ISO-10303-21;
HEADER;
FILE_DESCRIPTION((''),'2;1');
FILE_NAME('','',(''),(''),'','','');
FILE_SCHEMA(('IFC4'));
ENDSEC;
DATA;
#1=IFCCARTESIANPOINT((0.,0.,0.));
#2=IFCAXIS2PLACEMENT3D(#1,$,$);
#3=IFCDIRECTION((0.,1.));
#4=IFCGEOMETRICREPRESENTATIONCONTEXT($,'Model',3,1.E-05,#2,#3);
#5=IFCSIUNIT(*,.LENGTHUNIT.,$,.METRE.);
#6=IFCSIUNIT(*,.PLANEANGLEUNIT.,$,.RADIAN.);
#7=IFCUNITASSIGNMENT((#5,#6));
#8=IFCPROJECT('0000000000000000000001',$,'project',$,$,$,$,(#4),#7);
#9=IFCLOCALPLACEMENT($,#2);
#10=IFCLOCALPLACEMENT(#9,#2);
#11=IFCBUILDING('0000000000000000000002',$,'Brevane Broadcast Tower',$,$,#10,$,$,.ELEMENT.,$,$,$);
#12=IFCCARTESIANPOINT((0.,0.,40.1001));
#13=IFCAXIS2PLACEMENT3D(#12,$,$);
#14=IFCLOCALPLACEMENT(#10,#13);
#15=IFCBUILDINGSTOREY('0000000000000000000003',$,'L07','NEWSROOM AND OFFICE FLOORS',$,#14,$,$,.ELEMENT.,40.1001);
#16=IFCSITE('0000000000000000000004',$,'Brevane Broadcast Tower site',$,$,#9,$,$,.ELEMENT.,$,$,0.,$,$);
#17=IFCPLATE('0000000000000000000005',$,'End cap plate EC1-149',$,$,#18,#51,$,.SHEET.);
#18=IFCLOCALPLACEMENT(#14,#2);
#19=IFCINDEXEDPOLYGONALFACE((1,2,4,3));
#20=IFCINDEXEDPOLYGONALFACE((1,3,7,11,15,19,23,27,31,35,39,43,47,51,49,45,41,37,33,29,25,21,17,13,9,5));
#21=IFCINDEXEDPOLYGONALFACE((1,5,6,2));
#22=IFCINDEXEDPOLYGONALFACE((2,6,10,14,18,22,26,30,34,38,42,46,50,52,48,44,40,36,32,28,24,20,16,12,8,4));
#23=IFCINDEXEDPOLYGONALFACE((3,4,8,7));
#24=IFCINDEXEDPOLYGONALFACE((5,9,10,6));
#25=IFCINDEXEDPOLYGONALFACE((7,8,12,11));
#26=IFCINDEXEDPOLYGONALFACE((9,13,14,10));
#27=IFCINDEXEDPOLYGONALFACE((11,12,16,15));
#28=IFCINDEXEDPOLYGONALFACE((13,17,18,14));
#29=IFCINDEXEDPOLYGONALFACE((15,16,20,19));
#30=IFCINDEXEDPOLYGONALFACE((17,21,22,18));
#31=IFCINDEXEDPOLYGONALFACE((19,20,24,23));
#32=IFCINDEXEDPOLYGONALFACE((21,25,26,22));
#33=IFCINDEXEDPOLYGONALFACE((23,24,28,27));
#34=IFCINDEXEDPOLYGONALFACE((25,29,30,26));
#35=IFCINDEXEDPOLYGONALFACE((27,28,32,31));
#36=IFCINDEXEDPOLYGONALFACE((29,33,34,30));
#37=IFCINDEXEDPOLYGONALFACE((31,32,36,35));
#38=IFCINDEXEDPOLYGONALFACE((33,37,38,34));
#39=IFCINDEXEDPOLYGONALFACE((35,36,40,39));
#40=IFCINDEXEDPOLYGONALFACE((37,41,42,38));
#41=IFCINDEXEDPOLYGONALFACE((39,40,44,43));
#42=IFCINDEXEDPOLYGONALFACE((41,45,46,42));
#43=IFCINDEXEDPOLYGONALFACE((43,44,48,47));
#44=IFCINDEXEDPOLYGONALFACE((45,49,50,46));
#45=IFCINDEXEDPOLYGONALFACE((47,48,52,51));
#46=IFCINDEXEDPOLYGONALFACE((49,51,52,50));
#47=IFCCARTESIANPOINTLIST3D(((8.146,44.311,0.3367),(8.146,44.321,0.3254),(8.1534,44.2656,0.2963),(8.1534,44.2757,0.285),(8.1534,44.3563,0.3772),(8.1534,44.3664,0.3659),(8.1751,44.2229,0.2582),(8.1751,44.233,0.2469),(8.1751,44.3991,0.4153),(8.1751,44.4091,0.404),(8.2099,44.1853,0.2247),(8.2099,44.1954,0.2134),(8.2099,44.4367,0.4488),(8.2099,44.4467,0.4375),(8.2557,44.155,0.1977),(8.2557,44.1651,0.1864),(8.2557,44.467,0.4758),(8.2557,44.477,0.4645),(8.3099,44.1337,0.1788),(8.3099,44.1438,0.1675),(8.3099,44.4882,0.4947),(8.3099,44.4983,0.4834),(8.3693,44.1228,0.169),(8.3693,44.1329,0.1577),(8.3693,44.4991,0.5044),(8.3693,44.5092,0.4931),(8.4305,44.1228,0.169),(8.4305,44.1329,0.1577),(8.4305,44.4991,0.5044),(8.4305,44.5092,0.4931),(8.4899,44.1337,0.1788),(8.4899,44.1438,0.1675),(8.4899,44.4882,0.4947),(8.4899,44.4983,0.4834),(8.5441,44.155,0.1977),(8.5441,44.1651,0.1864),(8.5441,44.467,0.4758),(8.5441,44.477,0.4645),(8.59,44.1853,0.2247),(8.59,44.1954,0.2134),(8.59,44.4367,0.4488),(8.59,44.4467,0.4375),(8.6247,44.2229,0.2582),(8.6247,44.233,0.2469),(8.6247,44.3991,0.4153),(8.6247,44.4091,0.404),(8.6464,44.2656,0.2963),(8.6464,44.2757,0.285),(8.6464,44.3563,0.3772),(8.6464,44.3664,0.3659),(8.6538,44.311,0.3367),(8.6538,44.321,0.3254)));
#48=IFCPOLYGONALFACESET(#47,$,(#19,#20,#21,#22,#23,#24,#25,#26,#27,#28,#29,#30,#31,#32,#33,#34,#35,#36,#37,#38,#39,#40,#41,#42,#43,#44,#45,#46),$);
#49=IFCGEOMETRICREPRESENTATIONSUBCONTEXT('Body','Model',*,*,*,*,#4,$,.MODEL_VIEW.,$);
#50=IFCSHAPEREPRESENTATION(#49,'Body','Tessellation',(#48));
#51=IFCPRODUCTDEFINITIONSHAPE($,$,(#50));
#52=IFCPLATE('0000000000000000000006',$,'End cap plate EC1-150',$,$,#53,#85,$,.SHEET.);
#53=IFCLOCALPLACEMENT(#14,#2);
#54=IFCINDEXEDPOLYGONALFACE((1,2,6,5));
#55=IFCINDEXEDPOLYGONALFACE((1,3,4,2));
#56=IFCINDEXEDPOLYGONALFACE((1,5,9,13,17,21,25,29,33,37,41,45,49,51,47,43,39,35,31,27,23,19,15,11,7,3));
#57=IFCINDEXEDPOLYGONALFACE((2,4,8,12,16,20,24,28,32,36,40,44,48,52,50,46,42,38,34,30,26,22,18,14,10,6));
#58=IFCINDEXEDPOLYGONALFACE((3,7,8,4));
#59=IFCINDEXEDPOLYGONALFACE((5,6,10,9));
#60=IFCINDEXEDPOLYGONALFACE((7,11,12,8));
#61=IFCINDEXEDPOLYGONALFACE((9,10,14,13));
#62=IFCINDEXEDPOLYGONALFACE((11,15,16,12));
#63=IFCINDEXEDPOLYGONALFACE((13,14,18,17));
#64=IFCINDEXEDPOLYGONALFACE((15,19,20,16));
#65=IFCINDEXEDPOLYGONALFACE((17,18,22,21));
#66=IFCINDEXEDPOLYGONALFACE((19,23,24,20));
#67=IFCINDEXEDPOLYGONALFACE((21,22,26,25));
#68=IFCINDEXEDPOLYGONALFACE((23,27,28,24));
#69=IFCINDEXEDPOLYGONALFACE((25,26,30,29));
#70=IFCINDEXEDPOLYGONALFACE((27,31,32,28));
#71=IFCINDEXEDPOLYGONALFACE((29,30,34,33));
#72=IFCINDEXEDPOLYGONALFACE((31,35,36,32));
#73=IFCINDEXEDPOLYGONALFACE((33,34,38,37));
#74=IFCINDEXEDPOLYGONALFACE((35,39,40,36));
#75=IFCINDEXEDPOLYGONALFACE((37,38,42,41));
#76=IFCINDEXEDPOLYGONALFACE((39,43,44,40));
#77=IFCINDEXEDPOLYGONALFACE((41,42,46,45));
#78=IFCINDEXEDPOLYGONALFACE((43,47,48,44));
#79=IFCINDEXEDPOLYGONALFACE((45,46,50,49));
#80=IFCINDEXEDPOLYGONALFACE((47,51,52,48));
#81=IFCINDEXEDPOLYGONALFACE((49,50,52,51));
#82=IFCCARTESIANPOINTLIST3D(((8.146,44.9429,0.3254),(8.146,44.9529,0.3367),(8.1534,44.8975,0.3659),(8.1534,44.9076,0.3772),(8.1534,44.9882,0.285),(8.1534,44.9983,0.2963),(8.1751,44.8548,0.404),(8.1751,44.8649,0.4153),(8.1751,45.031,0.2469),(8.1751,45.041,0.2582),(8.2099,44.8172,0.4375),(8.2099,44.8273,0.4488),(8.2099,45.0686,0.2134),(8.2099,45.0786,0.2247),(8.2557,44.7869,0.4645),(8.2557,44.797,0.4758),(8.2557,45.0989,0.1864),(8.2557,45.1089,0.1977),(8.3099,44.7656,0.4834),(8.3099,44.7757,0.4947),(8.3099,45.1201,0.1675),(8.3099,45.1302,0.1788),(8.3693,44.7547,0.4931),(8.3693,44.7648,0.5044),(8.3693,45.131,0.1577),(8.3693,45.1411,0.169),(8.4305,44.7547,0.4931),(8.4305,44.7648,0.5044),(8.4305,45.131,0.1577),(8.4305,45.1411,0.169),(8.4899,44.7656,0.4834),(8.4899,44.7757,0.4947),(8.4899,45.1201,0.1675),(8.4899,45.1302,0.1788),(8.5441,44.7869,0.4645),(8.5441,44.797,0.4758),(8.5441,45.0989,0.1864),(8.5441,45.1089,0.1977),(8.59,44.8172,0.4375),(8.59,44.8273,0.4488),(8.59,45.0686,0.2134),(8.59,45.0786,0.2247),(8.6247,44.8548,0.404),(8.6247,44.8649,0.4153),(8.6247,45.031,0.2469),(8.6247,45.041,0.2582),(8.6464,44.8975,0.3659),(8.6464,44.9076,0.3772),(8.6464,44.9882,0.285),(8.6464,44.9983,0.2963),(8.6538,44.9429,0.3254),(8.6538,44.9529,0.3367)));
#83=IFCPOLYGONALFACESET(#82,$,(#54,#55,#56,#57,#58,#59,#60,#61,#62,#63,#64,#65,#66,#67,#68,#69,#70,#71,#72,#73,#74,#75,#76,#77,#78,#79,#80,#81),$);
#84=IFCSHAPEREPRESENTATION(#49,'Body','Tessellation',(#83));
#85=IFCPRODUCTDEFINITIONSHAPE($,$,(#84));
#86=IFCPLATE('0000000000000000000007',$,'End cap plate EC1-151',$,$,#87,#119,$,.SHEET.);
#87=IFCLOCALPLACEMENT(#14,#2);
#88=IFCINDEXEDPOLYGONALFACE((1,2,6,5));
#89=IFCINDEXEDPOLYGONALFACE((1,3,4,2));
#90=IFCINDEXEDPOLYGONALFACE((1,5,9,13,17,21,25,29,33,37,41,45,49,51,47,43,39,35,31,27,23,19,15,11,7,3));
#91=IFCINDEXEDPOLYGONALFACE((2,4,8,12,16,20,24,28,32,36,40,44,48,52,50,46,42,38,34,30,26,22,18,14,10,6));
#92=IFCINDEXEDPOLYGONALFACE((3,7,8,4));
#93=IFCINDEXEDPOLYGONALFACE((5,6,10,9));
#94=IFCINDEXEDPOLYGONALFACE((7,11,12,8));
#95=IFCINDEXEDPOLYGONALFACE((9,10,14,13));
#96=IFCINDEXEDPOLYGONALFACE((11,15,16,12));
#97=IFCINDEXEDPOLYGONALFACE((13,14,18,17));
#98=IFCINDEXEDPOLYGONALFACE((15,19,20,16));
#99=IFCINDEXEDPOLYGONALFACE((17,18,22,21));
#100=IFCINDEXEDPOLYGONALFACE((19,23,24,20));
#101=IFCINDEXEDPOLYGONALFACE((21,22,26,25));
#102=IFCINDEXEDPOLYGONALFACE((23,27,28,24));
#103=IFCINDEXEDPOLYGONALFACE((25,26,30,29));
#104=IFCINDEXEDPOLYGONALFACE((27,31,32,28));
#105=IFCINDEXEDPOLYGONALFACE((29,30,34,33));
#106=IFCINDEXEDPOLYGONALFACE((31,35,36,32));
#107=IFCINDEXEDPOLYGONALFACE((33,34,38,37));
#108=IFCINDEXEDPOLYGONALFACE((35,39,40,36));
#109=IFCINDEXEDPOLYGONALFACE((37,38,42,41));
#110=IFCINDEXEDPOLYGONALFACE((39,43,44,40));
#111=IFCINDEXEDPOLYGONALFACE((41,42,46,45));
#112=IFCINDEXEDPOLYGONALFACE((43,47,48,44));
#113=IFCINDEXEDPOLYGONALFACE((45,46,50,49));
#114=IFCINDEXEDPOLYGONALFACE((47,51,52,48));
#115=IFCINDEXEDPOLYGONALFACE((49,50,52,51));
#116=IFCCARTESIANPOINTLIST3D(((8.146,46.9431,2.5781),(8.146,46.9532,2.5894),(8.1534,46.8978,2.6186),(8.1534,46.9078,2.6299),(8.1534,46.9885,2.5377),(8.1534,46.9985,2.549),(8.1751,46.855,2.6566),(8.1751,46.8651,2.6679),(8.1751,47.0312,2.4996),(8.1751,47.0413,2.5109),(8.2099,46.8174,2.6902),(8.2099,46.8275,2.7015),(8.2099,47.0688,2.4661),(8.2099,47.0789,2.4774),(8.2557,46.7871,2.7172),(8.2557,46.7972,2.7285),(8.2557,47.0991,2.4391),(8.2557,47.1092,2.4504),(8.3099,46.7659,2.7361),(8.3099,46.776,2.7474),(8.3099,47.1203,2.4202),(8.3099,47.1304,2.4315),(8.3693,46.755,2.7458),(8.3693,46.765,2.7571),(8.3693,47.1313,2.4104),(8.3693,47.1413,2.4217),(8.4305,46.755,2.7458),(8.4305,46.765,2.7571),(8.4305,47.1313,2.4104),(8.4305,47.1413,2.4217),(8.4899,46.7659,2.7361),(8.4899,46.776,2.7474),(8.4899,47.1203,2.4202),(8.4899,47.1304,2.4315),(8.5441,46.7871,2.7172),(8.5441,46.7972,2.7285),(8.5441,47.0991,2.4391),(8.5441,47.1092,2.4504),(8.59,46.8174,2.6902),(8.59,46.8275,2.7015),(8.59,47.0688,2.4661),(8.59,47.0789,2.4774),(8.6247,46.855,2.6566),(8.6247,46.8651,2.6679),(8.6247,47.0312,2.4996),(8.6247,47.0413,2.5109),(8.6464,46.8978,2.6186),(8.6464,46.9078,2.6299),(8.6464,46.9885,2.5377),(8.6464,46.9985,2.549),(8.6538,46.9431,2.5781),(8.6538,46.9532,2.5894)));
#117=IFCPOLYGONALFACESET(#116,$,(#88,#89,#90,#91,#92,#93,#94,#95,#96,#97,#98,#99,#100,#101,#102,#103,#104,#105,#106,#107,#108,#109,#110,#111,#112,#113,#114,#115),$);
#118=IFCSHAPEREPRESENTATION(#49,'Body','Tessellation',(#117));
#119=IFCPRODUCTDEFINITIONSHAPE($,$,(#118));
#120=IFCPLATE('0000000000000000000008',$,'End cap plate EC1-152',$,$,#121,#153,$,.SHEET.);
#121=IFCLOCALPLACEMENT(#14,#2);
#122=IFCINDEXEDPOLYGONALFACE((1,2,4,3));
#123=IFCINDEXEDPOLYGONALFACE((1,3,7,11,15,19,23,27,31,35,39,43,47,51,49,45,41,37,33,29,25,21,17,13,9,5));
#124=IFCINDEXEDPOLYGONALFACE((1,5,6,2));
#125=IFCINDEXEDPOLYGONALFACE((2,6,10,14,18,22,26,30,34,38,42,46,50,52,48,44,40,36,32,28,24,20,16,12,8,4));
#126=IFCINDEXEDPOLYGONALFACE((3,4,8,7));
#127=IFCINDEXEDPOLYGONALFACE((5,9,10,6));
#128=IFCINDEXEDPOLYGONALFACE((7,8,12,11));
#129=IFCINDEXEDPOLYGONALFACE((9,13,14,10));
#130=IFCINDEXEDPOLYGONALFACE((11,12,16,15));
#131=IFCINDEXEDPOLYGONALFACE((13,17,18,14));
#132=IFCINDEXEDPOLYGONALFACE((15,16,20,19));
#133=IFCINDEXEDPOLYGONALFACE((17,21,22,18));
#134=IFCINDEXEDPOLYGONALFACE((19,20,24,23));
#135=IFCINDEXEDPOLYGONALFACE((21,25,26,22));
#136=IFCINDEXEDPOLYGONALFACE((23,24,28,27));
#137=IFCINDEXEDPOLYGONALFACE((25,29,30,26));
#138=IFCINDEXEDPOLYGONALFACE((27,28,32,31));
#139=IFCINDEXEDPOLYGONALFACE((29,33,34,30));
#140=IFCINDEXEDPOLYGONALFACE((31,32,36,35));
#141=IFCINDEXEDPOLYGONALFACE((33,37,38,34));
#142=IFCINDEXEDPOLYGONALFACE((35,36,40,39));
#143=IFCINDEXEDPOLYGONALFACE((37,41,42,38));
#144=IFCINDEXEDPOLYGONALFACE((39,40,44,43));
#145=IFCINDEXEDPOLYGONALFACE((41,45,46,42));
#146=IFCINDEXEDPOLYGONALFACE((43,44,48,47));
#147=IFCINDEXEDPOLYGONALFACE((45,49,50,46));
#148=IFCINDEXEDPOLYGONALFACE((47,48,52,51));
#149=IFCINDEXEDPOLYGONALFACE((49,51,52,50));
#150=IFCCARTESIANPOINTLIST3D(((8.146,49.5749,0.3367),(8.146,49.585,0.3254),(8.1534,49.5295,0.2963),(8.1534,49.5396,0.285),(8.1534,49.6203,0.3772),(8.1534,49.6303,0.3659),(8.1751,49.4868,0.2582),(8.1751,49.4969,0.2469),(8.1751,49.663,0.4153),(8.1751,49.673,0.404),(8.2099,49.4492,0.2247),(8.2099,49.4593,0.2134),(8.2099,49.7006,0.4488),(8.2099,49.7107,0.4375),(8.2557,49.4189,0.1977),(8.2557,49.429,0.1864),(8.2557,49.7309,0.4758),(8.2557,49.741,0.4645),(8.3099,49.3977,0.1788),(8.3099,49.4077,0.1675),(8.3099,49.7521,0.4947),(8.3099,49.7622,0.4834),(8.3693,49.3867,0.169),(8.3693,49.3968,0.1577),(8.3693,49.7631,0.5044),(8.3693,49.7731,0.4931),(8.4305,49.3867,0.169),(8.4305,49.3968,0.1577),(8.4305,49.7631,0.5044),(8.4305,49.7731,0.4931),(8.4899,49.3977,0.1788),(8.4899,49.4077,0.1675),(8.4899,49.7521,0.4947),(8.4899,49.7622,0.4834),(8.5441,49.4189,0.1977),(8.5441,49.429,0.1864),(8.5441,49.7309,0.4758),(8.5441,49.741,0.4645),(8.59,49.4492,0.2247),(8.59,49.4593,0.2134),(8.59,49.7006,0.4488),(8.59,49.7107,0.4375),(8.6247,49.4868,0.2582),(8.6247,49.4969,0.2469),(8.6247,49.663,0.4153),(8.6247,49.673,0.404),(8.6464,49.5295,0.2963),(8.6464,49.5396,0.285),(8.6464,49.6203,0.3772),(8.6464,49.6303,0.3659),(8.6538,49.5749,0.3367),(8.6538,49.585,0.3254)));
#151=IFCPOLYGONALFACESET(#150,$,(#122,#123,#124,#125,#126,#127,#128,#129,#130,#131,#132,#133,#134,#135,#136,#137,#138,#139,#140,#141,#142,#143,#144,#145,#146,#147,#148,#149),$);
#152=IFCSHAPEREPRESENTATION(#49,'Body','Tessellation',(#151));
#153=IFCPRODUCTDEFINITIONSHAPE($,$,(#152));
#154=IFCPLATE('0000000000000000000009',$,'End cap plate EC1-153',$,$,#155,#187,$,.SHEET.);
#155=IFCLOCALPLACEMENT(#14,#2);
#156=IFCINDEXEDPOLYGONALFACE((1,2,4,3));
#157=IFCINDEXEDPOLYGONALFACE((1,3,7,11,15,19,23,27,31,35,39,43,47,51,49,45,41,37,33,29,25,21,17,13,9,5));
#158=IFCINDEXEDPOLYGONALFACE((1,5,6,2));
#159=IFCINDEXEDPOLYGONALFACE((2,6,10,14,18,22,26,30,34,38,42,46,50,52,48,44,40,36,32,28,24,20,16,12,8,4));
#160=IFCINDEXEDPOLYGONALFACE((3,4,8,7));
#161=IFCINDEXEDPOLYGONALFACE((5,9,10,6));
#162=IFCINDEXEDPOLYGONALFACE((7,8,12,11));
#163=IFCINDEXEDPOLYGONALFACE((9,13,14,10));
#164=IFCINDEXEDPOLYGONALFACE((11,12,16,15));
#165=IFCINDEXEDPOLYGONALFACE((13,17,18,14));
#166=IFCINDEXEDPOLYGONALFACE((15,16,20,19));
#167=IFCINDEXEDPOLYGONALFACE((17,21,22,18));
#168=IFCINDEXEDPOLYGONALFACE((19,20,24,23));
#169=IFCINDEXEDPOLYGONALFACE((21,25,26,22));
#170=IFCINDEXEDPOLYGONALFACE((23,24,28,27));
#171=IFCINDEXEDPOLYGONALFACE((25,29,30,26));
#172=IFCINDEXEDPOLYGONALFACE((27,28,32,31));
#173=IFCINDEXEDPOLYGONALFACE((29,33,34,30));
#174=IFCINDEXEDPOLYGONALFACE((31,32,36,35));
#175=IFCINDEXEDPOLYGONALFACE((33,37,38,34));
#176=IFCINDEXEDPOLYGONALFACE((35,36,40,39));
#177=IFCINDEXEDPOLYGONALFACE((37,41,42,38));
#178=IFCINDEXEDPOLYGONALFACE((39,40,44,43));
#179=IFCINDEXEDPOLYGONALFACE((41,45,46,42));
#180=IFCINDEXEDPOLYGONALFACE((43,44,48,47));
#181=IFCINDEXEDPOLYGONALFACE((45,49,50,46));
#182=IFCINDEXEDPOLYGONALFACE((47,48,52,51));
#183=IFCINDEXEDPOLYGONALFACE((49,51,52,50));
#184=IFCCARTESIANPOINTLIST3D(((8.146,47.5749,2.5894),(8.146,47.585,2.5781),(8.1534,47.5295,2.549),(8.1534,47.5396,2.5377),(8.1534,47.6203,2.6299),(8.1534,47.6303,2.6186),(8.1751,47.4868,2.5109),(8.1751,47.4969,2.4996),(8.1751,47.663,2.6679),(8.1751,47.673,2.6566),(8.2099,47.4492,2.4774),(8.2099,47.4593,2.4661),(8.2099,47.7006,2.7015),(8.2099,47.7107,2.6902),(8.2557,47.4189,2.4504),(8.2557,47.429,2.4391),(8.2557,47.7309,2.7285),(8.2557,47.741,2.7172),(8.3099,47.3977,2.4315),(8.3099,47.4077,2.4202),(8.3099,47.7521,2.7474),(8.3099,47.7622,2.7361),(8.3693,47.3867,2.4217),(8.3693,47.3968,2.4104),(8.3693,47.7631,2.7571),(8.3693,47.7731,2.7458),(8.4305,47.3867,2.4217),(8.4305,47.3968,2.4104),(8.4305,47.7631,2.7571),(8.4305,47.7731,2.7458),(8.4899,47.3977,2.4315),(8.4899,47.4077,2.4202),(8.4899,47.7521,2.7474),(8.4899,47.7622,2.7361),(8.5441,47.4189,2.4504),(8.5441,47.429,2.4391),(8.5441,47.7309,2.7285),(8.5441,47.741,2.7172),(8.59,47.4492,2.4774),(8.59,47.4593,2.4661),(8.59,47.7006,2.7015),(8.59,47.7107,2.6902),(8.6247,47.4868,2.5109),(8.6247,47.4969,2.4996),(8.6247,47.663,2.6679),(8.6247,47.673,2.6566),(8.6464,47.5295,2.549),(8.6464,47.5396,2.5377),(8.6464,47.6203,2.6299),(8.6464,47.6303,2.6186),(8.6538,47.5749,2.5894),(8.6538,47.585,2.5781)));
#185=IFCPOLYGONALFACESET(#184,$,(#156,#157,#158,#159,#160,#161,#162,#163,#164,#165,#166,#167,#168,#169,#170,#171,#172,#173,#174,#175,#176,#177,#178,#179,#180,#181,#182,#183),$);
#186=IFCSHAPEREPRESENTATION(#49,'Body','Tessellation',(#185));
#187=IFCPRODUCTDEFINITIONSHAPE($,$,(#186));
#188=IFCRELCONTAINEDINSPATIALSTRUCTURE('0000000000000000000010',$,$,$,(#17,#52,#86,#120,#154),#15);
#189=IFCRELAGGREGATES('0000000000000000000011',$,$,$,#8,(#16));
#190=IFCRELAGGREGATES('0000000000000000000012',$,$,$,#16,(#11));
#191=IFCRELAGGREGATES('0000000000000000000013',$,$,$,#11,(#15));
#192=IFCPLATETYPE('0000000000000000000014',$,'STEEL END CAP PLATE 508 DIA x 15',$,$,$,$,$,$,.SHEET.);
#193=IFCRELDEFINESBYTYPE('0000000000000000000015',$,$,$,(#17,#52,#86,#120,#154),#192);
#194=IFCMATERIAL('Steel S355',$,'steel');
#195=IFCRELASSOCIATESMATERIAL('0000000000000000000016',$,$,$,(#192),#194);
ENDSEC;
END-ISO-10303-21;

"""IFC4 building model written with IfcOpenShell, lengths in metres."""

from ifc_helpers import new_model, si_unit, direction, frame, origin, origin_2d, place, context, subcontext, project, spatial, circle, extrude, material, material_profile, profile_set, type_object, element, save


model = new_model("IFC4")

# Units and contexts
model_context = context("Model", 3, precision=1e-05, world=origin(), true_north=direction((0.0, 1.0)))
body_context = subcontext(model_context, "Body", "Model", "MODEL_VIEW")
ifc_project = project(units=[si_unit("LENGTHUNIT", "METRE"), si_unit("PLANEANGLEUNIT", "RADIAN")], contexts=[model_context])

# Site, building, storey
site_placement = place(None, origin())
site = spatial("IfcSite", under=ifc_project, at=site_placement, Name="Brevane Broadcast Tower site", CompositionType="ELEMENT", RefElevation=0.0)
building_placement = place(site_placement, origin())
building = spatial("IfcBuilding", under=site, at=building_placement, Name="Brevane Broadcast Tower", CompositionType="ELEMENT")
storey_placement = place(building_placement, frame((0.0, 0.0, 40.1001)))
storey = spatial("IfcBuildingStorey", under=building, at=storey_placement, Name="L07", Description="NEWSROOM AND OFFICE FLOORS", CompositionType="ELEMENT", Elevation=40.1001)

# Shared definitions
ifc_material_1 = material(Name="Steel S355", Category="steel")

# Plates
ifc_material_profile_1 = material_profile(ifc_material_1, circle(Radius=0.2539, at=origin_2d()), Name="PL 508 DIA x 15")
ifc_profile_set_1 = profile_set([ifc_material_profile_1], Name="Steel S355")
plate_type = type_object("IfcPlateType", Name="STEEL END CAP PLATE 508 DIA x 15", PredefinedType="SHEET", material=ifc_profile_set_1)
for number, where, z_axis, x_axis, name in (
    (1, (8.3999, 44.321, 0.3254), (0.0, -0.665371, 0.746513), (1.0, 0.0, 0.0), "End cap plate EC1-149"),
    (2, (8.3999, 44.9429, 0.3254), (0.0, 0.665371, 0.746513), (-1.0, 0.0, 0.0), "End cap plate EC1-150"),
    (3, (8.3999, 46.9431, 2.5781), (0.0, 0.665371, 0.746513), (-1.0, 0.0, 0.0), "End cap plate EC1-151"),
    (4, (8.3999, 49.585, 0.3254), (0.0, -0.665371, 0.746513), (1.0, 0.0, 0.0), "End cap plate EC1-152"),
    (5, (8.3999, 47.585, 2.5781), (0.0, -0.665371, 0.746513), (1.0, 0.0, 0.0), "End cap plate EC1-153"),
):
    element("IfcPlate", number, at=place(storey_placement, frame(where, z_axis=z_axis, x_axis=x_axis)), inside=storey, type_object=plate_type, Name=name, PredefinedType="SHEET", context=body_context, shape_type="SweptSolid", body=[
        extrude(circle(Radius=0.2539, at=origin_2d()), origin(), (0.0, 0.0, 1.0), 0.0151),
    ])

save(model, "model.ifc")
